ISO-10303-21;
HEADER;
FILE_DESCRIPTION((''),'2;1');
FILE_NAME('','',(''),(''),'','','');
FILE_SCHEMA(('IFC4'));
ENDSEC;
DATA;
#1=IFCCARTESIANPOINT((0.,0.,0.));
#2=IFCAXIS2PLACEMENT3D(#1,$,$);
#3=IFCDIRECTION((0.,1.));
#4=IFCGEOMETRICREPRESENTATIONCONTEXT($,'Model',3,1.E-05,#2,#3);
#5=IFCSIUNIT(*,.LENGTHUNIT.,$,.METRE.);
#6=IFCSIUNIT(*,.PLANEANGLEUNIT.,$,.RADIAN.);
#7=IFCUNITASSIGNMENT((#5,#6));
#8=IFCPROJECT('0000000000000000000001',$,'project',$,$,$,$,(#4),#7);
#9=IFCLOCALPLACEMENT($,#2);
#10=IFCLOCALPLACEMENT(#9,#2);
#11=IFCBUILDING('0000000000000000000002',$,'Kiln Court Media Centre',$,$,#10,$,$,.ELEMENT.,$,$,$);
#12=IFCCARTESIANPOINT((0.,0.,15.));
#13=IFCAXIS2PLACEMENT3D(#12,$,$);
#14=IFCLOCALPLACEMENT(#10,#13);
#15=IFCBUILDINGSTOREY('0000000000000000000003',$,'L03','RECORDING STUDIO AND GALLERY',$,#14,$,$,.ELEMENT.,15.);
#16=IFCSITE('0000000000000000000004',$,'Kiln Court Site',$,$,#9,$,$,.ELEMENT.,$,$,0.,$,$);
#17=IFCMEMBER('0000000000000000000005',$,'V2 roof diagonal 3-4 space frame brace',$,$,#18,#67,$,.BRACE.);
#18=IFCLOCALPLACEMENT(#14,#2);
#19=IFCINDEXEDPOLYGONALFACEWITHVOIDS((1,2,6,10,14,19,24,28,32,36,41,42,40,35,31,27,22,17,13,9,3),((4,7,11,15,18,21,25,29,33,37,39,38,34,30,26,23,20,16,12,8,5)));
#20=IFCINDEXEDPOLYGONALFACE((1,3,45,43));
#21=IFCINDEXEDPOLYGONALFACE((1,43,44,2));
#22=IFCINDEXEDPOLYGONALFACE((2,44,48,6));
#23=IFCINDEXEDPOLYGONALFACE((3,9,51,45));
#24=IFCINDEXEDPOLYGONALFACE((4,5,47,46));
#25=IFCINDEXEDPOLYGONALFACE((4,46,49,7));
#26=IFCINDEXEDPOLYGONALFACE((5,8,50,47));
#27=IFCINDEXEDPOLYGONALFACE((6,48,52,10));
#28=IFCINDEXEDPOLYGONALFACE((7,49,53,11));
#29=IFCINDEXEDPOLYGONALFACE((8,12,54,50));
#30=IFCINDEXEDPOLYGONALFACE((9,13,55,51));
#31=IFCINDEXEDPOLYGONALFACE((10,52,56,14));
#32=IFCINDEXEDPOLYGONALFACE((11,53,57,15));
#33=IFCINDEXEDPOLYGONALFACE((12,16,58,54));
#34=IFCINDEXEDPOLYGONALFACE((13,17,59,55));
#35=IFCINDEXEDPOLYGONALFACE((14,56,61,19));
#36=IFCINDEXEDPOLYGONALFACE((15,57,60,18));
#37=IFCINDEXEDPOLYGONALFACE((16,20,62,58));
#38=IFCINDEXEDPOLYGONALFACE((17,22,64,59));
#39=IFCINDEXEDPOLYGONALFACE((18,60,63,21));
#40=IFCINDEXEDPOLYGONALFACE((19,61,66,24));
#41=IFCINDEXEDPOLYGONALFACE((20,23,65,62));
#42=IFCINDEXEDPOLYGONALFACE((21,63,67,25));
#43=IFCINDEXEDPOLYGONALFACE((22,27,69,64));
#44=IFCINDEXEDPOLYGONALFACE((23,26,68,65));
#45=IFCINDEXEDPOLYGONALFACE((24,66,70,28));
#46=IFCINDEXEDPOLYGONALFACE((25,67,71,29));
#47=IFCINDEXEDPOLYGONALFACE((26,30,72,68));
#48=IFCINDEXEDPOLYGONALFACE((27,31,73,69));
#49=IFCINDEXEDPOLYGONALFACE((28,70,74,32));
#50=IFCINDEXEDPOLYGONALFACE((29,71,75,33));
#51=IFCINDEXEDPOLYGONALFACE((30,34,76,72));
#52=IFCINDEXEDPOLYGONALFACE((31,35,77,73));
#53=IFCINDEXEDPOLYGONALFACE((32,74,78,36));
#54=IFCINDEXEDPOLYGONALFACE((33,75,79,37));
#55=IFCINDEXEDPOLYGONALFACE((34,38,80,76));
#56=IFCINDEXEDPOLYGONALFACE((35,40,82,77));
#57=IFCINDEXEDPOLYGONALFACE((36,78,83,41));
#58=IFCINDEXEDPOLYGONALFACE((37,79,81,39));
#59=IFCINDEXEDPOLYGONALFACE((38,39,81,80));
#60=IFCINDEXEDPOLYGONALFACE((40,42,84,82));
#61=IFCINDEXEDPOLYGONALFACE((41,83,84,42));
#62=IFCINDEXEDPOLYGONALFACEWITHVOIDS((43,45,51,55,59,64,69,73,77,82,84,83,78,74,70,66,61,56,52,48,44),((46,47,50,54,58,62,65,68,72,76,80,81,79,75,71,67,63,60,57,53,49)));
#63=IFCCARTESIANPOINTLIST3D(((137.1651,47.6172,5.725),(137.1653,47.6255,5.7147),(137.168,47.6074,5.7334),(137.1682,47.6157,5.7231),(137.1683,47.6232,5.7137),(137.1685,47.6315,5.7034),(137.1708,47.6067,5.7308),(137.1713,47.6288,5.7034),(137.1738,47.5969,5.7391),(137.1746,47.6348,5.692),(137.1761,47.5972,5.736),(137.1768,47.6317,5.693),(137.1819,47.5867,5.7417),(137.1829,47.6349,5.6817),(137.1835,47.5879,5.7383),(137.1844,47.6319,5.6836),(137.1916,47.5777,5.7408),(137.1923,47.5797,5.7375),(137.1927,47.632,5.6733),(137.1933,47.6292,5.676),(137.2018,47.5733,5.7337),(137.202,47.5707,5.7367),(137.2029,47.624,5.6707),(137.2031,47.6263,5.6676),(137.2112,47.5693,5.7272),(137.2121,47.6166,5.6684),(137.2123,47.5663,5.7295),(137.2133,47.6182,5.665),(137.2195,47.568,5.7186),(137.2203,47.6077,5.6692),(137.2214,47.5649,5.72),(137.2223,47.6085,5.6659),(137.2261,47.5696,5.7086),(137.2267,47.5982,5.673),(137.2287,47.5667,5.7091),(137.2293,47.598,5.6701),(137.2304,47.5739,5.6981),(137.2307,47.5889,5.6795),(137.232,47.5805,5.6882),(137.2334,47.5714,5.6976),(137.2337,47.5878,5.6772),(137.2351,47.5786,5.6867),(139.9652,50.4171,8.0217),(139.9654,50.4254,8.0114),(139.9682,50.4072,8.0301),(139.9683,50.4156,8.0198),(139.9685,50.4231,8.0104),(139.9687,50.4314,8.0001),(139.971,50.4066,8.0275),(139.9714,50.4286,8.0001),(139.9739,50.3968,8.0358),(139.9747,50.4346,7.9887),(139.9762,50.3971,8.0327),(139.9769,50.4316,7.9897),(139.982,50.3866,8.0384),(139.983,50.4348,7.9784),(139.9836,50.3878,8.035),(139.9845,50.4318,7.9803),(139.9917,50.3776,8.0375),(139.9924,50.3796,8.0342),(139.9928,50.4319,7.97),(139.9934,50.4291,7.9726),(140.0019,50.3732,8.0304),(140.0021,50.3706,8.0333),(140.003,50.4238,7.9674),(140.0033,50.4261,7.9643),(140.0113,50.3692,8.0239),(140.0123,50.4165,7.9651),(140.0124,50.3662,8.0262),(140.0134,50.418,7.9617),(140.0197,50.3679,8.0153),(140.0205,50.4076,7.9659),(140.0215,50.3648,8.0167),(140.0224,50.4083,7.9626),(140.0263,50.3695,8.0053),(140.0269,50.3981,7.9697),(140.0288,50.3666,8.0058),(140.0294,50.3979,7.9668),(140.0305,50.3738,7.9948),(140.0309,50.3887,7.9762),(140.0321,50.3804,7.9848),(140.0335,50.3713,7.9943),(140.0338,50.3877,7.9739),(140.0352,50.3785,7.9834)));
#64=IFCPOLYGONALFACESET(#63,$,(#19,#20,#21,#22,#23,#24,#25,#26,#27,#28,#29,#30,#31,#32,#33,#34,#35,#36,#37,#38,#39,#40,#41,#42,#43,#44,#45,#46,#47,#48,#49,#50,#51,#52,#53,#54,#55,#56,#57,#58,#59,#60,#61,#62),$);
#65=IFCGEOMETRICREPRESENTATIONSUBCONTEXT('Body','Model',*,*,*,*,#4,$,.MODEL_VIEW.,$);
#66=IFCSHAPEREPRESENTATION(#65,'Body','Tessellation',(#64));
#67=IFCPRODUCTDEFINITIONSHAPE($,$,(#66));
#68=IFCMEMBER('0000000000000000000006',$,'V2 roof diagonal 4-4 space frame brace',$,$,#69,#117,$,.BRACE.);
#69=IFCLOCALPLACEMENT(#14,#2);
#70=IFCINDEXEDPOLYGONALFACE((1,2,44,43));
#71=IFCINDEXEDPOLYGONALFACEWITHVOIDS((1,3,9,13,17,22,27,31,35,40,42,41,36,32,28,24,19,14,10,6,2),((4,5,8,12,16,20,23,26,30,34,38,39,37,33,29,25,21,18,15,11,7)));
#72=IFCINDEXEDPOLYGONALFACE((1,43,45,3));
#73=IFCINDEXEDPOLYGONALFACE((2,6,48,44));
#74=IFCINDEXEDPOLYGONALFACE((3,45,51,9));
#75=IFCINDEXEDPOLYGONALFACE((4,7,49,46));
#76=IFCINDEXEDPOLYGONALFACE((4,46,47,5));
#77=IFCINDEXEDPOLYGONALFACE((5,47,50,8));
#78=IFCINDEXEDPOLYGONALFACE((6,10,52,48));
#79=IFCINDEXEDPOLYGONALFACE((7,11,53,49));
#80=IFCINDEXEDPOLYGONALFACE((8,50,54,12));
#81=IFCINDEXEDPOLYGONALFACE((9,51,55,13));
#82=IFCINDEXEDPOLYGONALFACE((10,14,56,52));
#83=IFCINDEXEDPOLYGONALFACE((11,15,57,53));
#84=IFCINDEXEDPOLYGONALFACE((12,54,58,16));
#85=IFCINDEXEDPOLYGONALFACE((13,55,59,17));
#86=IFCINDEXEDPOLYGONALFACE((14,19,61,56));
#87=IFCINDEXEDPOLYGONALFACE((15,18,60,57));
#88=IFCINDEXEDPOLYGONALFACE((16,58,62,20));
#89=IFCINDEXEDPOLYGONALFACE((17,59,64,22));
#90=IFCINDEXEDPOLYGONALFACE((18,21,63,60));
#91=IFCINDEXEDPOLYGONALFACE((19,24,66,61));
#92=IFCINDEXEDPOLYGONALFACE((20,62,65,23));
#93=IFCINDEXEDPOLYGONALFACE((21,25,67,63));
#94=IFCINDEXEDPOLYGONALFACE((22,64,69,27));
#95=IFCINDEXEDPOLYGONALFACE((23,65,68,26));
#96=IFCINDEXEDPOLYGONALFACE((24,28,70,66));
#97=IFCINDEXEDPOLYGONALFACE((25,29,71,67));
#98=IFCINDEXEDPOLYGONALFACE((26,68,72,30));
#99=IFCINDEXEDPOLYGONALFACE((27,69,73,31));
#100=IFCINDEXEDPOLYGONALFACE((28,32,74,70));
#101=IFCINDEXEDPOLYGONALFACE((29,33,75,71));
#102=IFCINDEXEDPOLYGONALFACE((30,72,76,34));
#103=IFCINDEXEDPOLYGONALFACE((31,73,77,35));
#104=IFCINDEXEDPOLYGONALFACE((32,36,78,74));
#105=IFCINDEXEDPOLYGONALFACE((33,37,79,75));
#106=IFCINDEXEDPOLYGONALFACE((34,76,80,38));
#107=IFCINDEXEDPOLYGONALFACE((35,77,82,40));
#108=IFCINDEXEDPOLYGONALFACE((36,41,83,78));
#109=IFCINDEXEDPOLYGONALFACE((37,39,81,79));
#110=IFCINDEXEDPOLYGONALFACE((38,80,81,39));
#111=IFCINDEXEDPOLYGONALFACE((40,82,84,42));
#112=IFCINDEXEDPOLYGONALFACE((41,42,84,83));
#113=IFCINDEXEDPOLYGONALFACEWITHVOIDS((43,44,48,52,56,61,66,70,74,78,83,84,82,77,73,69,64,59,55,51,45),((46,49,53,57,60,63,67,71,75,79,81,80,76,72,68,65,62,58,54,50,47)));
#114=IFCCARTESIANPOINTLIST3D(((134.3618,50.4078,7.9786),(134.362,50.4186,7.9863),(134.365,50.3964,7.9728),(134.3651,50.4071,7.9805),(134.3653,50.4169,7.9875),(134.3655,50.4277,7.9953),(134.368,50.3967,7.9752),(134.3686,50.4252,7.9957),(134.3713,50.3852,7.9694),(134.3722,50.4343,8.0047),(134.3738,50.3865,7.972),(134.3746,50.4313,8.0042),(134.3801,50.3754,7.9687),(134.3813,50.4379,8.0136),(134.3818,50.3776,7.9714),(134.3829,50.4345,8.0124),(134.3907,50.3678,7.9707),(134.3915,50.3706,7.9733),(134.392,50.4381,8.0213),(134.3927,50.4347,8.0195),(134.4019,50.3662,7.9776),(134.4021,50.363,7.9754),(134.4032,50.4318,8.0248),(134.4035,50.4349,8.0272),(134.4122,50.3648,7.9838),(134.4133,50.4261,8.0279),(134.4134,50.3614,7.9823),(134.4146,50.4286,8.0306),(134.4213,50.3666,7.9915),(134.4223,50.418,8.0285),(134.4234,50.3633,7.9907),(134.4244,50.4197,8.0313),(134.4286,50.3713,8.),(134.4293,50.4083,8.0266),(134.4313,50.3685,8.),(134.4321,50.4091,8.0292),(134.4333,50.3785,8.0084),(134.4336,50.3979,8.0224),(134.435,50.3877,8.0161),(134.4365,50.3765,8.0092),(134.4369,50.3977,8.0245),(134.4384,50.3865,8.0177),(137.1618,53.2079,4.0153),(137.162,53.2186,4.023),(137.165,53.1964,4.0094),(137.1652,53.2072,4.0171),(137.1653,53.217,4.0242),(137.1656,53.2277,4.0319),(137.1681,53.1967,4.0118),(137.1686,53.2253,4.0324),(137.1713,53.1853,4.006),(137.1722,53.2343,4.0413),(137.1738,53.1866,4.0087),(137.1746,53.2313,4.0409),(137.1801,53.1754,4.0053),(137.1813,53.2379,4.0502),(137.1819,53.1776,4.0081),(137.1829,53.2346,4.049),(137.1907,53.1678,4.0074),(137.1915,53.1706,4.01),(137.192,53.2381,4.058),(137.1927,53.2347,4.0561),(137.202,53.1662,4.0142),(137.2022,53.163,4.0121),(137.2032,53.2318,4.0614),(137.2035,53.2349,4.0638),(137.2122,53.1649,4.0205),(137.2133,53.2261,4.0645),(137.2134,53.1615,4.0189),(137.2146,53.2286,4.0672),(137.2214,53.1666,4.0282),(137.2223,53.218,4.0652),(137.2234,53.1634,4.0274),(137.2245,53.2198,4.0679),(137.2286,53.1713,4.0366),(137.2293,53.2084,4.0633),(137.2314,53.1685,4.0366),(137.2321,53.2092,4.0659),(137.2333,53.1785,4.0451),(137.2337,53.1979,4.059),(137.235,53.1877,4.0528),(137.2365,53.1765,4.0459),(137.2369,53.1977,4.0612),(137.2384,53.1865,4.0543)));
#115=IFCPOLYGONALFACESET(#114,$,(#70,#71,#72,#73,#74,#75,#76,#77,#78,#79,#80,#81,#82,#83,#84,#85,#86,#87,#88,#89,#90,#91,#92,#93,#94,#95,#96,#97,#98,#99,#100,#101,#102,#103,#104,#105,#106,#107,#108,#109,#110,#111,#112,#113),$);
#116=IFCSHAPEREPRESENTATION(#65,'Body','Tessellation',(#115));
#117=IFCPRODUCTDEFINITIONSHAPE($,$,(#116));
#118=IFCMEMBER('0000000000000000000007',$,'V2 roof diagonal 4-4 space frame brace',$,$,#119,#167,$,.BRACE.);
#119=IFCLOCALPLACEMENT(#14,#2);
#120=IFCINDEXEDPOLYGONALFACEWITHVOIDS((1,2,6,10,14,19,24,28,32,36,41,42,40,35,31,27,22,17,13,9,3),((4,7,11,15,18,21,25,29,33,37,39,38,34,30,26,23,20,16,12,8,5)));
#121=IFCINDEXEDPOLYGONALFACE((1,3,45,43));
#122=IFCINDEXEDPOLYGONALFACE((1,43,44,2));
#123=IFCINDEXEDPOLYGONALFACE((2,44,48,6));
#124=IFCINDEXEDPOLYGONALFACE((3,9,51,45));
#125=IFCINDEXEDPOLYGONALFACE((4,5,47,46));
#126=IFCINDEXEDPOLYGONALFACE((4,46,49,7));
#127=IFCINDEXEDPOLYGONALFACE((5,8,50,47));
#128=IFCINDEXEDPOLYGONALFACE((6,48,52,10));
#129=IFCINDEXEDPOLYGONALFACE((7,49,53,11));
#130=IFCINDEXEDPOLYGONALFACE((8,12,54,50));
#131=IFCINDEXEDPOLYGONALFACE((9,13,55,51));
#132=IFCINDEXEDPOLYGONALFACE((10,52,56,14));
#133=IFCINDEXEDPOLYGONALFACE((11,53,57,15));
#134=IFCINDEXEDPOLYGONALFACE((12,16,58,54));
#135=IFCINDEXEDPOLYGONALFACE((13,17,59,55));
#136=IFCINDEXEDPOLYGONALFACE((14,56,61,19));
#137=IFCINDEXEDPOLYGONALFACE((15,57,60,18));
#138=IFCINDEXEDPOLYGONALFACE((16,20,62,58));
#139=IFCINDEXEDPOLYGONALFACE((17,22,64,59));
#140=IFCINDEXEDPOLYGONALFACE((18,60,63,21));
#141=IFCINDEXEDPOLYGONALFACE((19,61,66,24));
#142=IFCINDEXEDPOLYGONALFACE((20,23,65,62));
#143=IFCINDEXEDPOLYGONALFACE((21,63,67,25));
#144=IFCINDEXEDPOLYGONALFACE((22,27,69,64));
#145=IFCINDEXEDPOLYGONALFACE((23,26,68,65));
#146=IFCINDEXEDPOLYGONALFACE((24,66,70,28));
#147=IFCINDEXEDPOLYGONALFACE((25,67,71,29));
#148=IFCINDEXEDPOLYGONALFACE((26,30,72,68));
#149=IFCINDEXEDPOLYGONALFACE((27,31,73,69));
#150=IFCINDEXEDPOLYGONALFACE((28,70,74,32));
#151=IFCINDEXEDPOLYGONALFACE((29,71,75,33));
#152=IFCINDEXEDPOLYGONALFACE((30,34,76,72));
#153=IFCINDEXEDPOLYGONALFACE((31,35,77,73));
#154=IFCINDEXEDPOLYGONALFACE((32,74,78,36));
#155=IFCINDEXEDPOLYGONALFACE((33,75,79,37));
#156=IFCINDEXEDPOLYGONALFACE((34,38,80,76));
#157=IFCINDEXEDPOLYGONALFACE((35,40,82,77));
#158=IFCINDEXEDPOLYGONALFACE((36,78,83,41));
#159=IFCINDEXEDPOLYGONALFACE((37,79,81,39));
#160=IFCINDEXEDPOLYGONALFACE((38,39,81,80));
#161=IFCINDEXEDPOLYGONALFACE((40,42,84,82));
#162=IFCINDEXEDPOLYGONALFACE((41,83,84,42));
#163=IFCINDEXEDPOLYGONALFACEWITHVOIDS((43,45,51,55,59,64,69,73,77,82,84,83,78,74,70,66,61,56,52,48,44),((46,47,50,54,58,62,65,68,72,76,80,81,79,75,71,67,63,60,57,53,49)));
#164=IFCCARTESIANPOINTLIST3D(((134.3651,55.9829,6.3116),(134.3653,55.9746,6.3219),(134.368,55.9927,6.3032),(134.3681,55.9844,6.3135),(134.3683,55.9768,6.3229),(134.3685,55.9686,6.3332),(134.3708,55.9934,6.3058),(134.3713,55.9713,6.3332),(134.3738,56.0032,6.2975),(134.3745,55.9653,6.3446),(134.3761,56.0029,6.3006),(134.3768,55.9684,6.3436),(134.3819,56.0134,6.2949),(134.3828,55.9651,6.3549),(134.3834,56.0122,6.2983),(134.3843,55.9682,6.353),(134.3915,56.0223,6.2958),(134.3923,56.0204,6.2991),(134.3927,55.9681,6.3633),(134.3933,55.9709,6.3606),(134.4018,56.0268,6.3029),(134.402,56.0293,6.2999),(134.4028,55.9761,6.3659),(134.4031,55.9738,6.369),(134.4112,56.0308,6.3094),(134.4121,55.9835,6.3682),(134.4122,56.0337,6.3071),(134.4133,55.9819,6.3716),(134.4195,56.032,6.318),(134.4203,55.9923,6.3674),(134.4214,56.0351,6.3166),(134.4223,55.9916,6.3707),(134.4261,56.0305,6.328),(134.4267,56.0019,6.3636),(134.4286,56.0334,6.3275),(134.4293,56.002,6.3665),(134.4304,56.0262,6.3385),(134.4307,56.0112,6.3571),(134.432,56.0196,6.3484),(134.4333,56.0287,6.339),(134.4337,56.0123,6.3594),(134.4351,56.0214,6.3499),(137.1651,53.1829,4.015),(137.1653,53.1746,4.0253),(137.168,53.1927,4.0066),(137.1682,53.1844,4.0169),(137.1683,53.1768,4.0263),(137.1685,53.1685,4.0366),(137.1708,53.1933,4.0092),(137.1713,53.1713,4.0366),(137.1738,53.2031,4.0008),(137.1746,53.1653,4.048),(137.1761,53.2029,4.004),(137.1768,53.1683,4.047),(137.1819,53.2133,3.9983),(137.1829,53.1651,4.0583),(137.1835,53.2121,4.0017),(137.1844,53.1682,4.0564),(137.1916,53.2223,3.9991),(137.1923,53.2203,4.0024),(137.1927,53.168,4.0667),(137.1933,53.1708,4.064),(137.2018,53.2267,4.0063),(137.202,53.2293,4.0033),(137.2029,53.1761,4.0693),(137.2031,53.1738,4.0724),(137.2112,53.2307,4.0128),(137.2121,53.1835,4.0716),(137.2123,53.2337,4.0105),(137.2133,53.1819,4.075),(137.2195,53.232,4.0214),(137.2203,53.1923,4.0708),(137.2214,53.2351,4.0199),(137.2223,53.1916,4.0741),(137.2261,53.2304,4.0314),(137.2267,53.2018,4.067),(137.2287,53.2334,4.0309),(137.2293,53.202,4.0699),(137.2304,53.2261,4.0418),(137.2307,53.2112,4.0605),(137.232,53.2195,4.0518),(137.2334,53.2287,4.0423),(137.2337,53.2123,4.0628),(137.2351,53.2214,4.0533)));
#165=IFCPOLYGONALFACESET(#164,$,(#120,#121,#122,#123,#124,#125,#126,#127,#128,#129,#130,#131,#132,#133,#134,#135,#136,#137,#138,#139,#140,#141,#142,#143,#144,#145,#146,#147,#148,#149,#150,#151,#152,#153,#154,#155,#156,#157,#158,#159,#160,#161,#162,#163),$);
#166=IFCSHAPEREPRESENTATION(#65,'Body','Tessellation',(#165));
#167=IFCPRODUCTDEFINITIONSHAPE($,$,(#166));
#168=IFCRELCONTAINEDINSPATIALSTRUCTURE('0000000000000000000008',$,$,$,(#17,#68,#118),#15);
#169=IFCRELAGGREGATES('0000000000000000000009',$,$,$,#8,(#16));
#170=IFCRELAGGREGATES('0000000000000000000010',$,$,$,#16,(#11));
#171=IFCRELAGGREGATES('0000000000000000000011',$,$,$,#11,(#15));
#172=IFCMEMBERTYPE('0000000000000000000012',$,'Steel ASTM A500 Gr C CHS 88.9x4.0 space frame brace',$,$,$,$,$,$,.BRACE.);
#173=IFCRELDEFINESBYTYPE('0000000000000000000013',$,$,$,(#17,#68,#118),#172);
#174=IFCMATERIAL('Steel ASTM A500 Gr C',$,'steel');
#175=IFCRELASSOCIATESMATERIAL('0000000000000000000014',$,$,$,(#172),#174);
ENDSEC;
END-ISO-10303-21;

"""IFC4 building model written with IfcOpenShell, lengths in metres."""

from ifc_helpers import new_model, si_unit, direction, frame, origin, origin_2d, place, context, subcontext, project, spatial, hollow_circle, extrude, material, material_profile, profile_set, type_object, element, save


model = new_model("IFC4")

# Units and contexts
model_context = context("Model", 3, precision=1e-05, world=origin(), true_north=direction((0.0, 1.0)))
body_context = subcontext(model_context, "Body", "Model", "MODEL_VIEW")
ifc_project = project(units=[si_unit("LENGTHUNIT", "METRE"), si_unit("PLANEANGLEUNIT", "RADIAN")], contexts=[model_context])

# Site, building, storey
site_placement = place(None, origin())
site = spatial("IfcSite", under=ifc_project, at=site_placement, Name="Kiln Court Site", CompositionType="ELEMENT", RefElevation=0.0)
building_placement = place(site_placement, origin())
building = spatial("IfcBuilding", under=site, at=building_placement, Name="Kiln Court Media Centre", CompositionType="ELEMENT")
storey_placement = place(building_placement, frame((0.0, 0.0, 15.0)))
storey = spatial("IfcBuildingStorey", under=building, at=storey_placement, Name="L03", Description="RECORDING STUDIO AND GALLERY", CompositionType="ELEMENT", Elevation=15.0)

# Members
ifc_material_1 = material(Name="Steel ASTM A500 Gr C", Category="steel")
ifc_material_profile_1 = material_profile(ifc_material_1, hollow_circle(Radius=0.0444, WallThickness=0.0039, at=origin_2d()), Name="CHS 88.9x4.0")
ifc_profile_set_1 = profile_set([ifc_material_profile_1], Name="Steel ASTM A500 Gr C")
member_type_1 = type_object("IfcMemberType", Name="Steel ASTM A500 Gr C CHS 88.9x4.0 space frame brace", PredefinedType="BRACE", material=ifc_profile_set_1)
member_1_placement = place(storey_placement, frame((137.2, 47.6001, 5.7034), z_axis=(0.611696, 0.611642, 0.501719), x_axis=(-0.707076, 0.707138, 0.0)))
element("IfcMember", 1, at=member_1_placement, inside=storey, type_object=member_type_1, Name="V2 roof diagonal 3-4 space frame brace", PredefinedType="BRACE", context=body_context, shape_type="SweptSolid", body=[
    extrude(hollow_circle(Radius=0.0444, WallThickness=0.0039, at=origin_2d()), origin(), (0.0, 0.0, 1.0), 4.5776),
])
member_2_placement = place(storey_placement, frame((137.2, 53.2, 4.0366), z_axis=(-0.499778, -0.499778, 0.70742), x_axis=(0.707107, -0.707107, 0.0)))
element("IfcMember", 2, at=member_2_placement, inside=storey, type_object=member_type_1, Name="V2 roof diagonal 4-4 space frame brace", PredefinedType="BRACE", context=body_context, shape_type="SweptSolid", body=[
    extrude(hollow_circle(Radius=0.0444, WallThickness=0.0039, at=origin_2d()), origin(), (0.0, 0.0, 1.0), 5.6025),
])
member_3_placement = place(storey_placement, frame((137.2, 53.2, 4.0366), z_axis=(-0.611676, 0.611676, 0.501703), x_axis=(-0.707107, -0.707107, 0.0)))
element("IfcMember", 3, at=member_3_placement, inside=storey, type_object=member_type_1, Name="V2 roof diagonal 4-4 space frame brace", PredefinedType="BRACE", context=body_context, shape_type="SweptSolid", body=[
    extrude(hollow_circle(Radius=0.0444, WallThickness=0.0039, at=origin_2d()), origin(), (0.0, 0.0, 1.0), 4.5776),
])

save(model, "model.ifc")
